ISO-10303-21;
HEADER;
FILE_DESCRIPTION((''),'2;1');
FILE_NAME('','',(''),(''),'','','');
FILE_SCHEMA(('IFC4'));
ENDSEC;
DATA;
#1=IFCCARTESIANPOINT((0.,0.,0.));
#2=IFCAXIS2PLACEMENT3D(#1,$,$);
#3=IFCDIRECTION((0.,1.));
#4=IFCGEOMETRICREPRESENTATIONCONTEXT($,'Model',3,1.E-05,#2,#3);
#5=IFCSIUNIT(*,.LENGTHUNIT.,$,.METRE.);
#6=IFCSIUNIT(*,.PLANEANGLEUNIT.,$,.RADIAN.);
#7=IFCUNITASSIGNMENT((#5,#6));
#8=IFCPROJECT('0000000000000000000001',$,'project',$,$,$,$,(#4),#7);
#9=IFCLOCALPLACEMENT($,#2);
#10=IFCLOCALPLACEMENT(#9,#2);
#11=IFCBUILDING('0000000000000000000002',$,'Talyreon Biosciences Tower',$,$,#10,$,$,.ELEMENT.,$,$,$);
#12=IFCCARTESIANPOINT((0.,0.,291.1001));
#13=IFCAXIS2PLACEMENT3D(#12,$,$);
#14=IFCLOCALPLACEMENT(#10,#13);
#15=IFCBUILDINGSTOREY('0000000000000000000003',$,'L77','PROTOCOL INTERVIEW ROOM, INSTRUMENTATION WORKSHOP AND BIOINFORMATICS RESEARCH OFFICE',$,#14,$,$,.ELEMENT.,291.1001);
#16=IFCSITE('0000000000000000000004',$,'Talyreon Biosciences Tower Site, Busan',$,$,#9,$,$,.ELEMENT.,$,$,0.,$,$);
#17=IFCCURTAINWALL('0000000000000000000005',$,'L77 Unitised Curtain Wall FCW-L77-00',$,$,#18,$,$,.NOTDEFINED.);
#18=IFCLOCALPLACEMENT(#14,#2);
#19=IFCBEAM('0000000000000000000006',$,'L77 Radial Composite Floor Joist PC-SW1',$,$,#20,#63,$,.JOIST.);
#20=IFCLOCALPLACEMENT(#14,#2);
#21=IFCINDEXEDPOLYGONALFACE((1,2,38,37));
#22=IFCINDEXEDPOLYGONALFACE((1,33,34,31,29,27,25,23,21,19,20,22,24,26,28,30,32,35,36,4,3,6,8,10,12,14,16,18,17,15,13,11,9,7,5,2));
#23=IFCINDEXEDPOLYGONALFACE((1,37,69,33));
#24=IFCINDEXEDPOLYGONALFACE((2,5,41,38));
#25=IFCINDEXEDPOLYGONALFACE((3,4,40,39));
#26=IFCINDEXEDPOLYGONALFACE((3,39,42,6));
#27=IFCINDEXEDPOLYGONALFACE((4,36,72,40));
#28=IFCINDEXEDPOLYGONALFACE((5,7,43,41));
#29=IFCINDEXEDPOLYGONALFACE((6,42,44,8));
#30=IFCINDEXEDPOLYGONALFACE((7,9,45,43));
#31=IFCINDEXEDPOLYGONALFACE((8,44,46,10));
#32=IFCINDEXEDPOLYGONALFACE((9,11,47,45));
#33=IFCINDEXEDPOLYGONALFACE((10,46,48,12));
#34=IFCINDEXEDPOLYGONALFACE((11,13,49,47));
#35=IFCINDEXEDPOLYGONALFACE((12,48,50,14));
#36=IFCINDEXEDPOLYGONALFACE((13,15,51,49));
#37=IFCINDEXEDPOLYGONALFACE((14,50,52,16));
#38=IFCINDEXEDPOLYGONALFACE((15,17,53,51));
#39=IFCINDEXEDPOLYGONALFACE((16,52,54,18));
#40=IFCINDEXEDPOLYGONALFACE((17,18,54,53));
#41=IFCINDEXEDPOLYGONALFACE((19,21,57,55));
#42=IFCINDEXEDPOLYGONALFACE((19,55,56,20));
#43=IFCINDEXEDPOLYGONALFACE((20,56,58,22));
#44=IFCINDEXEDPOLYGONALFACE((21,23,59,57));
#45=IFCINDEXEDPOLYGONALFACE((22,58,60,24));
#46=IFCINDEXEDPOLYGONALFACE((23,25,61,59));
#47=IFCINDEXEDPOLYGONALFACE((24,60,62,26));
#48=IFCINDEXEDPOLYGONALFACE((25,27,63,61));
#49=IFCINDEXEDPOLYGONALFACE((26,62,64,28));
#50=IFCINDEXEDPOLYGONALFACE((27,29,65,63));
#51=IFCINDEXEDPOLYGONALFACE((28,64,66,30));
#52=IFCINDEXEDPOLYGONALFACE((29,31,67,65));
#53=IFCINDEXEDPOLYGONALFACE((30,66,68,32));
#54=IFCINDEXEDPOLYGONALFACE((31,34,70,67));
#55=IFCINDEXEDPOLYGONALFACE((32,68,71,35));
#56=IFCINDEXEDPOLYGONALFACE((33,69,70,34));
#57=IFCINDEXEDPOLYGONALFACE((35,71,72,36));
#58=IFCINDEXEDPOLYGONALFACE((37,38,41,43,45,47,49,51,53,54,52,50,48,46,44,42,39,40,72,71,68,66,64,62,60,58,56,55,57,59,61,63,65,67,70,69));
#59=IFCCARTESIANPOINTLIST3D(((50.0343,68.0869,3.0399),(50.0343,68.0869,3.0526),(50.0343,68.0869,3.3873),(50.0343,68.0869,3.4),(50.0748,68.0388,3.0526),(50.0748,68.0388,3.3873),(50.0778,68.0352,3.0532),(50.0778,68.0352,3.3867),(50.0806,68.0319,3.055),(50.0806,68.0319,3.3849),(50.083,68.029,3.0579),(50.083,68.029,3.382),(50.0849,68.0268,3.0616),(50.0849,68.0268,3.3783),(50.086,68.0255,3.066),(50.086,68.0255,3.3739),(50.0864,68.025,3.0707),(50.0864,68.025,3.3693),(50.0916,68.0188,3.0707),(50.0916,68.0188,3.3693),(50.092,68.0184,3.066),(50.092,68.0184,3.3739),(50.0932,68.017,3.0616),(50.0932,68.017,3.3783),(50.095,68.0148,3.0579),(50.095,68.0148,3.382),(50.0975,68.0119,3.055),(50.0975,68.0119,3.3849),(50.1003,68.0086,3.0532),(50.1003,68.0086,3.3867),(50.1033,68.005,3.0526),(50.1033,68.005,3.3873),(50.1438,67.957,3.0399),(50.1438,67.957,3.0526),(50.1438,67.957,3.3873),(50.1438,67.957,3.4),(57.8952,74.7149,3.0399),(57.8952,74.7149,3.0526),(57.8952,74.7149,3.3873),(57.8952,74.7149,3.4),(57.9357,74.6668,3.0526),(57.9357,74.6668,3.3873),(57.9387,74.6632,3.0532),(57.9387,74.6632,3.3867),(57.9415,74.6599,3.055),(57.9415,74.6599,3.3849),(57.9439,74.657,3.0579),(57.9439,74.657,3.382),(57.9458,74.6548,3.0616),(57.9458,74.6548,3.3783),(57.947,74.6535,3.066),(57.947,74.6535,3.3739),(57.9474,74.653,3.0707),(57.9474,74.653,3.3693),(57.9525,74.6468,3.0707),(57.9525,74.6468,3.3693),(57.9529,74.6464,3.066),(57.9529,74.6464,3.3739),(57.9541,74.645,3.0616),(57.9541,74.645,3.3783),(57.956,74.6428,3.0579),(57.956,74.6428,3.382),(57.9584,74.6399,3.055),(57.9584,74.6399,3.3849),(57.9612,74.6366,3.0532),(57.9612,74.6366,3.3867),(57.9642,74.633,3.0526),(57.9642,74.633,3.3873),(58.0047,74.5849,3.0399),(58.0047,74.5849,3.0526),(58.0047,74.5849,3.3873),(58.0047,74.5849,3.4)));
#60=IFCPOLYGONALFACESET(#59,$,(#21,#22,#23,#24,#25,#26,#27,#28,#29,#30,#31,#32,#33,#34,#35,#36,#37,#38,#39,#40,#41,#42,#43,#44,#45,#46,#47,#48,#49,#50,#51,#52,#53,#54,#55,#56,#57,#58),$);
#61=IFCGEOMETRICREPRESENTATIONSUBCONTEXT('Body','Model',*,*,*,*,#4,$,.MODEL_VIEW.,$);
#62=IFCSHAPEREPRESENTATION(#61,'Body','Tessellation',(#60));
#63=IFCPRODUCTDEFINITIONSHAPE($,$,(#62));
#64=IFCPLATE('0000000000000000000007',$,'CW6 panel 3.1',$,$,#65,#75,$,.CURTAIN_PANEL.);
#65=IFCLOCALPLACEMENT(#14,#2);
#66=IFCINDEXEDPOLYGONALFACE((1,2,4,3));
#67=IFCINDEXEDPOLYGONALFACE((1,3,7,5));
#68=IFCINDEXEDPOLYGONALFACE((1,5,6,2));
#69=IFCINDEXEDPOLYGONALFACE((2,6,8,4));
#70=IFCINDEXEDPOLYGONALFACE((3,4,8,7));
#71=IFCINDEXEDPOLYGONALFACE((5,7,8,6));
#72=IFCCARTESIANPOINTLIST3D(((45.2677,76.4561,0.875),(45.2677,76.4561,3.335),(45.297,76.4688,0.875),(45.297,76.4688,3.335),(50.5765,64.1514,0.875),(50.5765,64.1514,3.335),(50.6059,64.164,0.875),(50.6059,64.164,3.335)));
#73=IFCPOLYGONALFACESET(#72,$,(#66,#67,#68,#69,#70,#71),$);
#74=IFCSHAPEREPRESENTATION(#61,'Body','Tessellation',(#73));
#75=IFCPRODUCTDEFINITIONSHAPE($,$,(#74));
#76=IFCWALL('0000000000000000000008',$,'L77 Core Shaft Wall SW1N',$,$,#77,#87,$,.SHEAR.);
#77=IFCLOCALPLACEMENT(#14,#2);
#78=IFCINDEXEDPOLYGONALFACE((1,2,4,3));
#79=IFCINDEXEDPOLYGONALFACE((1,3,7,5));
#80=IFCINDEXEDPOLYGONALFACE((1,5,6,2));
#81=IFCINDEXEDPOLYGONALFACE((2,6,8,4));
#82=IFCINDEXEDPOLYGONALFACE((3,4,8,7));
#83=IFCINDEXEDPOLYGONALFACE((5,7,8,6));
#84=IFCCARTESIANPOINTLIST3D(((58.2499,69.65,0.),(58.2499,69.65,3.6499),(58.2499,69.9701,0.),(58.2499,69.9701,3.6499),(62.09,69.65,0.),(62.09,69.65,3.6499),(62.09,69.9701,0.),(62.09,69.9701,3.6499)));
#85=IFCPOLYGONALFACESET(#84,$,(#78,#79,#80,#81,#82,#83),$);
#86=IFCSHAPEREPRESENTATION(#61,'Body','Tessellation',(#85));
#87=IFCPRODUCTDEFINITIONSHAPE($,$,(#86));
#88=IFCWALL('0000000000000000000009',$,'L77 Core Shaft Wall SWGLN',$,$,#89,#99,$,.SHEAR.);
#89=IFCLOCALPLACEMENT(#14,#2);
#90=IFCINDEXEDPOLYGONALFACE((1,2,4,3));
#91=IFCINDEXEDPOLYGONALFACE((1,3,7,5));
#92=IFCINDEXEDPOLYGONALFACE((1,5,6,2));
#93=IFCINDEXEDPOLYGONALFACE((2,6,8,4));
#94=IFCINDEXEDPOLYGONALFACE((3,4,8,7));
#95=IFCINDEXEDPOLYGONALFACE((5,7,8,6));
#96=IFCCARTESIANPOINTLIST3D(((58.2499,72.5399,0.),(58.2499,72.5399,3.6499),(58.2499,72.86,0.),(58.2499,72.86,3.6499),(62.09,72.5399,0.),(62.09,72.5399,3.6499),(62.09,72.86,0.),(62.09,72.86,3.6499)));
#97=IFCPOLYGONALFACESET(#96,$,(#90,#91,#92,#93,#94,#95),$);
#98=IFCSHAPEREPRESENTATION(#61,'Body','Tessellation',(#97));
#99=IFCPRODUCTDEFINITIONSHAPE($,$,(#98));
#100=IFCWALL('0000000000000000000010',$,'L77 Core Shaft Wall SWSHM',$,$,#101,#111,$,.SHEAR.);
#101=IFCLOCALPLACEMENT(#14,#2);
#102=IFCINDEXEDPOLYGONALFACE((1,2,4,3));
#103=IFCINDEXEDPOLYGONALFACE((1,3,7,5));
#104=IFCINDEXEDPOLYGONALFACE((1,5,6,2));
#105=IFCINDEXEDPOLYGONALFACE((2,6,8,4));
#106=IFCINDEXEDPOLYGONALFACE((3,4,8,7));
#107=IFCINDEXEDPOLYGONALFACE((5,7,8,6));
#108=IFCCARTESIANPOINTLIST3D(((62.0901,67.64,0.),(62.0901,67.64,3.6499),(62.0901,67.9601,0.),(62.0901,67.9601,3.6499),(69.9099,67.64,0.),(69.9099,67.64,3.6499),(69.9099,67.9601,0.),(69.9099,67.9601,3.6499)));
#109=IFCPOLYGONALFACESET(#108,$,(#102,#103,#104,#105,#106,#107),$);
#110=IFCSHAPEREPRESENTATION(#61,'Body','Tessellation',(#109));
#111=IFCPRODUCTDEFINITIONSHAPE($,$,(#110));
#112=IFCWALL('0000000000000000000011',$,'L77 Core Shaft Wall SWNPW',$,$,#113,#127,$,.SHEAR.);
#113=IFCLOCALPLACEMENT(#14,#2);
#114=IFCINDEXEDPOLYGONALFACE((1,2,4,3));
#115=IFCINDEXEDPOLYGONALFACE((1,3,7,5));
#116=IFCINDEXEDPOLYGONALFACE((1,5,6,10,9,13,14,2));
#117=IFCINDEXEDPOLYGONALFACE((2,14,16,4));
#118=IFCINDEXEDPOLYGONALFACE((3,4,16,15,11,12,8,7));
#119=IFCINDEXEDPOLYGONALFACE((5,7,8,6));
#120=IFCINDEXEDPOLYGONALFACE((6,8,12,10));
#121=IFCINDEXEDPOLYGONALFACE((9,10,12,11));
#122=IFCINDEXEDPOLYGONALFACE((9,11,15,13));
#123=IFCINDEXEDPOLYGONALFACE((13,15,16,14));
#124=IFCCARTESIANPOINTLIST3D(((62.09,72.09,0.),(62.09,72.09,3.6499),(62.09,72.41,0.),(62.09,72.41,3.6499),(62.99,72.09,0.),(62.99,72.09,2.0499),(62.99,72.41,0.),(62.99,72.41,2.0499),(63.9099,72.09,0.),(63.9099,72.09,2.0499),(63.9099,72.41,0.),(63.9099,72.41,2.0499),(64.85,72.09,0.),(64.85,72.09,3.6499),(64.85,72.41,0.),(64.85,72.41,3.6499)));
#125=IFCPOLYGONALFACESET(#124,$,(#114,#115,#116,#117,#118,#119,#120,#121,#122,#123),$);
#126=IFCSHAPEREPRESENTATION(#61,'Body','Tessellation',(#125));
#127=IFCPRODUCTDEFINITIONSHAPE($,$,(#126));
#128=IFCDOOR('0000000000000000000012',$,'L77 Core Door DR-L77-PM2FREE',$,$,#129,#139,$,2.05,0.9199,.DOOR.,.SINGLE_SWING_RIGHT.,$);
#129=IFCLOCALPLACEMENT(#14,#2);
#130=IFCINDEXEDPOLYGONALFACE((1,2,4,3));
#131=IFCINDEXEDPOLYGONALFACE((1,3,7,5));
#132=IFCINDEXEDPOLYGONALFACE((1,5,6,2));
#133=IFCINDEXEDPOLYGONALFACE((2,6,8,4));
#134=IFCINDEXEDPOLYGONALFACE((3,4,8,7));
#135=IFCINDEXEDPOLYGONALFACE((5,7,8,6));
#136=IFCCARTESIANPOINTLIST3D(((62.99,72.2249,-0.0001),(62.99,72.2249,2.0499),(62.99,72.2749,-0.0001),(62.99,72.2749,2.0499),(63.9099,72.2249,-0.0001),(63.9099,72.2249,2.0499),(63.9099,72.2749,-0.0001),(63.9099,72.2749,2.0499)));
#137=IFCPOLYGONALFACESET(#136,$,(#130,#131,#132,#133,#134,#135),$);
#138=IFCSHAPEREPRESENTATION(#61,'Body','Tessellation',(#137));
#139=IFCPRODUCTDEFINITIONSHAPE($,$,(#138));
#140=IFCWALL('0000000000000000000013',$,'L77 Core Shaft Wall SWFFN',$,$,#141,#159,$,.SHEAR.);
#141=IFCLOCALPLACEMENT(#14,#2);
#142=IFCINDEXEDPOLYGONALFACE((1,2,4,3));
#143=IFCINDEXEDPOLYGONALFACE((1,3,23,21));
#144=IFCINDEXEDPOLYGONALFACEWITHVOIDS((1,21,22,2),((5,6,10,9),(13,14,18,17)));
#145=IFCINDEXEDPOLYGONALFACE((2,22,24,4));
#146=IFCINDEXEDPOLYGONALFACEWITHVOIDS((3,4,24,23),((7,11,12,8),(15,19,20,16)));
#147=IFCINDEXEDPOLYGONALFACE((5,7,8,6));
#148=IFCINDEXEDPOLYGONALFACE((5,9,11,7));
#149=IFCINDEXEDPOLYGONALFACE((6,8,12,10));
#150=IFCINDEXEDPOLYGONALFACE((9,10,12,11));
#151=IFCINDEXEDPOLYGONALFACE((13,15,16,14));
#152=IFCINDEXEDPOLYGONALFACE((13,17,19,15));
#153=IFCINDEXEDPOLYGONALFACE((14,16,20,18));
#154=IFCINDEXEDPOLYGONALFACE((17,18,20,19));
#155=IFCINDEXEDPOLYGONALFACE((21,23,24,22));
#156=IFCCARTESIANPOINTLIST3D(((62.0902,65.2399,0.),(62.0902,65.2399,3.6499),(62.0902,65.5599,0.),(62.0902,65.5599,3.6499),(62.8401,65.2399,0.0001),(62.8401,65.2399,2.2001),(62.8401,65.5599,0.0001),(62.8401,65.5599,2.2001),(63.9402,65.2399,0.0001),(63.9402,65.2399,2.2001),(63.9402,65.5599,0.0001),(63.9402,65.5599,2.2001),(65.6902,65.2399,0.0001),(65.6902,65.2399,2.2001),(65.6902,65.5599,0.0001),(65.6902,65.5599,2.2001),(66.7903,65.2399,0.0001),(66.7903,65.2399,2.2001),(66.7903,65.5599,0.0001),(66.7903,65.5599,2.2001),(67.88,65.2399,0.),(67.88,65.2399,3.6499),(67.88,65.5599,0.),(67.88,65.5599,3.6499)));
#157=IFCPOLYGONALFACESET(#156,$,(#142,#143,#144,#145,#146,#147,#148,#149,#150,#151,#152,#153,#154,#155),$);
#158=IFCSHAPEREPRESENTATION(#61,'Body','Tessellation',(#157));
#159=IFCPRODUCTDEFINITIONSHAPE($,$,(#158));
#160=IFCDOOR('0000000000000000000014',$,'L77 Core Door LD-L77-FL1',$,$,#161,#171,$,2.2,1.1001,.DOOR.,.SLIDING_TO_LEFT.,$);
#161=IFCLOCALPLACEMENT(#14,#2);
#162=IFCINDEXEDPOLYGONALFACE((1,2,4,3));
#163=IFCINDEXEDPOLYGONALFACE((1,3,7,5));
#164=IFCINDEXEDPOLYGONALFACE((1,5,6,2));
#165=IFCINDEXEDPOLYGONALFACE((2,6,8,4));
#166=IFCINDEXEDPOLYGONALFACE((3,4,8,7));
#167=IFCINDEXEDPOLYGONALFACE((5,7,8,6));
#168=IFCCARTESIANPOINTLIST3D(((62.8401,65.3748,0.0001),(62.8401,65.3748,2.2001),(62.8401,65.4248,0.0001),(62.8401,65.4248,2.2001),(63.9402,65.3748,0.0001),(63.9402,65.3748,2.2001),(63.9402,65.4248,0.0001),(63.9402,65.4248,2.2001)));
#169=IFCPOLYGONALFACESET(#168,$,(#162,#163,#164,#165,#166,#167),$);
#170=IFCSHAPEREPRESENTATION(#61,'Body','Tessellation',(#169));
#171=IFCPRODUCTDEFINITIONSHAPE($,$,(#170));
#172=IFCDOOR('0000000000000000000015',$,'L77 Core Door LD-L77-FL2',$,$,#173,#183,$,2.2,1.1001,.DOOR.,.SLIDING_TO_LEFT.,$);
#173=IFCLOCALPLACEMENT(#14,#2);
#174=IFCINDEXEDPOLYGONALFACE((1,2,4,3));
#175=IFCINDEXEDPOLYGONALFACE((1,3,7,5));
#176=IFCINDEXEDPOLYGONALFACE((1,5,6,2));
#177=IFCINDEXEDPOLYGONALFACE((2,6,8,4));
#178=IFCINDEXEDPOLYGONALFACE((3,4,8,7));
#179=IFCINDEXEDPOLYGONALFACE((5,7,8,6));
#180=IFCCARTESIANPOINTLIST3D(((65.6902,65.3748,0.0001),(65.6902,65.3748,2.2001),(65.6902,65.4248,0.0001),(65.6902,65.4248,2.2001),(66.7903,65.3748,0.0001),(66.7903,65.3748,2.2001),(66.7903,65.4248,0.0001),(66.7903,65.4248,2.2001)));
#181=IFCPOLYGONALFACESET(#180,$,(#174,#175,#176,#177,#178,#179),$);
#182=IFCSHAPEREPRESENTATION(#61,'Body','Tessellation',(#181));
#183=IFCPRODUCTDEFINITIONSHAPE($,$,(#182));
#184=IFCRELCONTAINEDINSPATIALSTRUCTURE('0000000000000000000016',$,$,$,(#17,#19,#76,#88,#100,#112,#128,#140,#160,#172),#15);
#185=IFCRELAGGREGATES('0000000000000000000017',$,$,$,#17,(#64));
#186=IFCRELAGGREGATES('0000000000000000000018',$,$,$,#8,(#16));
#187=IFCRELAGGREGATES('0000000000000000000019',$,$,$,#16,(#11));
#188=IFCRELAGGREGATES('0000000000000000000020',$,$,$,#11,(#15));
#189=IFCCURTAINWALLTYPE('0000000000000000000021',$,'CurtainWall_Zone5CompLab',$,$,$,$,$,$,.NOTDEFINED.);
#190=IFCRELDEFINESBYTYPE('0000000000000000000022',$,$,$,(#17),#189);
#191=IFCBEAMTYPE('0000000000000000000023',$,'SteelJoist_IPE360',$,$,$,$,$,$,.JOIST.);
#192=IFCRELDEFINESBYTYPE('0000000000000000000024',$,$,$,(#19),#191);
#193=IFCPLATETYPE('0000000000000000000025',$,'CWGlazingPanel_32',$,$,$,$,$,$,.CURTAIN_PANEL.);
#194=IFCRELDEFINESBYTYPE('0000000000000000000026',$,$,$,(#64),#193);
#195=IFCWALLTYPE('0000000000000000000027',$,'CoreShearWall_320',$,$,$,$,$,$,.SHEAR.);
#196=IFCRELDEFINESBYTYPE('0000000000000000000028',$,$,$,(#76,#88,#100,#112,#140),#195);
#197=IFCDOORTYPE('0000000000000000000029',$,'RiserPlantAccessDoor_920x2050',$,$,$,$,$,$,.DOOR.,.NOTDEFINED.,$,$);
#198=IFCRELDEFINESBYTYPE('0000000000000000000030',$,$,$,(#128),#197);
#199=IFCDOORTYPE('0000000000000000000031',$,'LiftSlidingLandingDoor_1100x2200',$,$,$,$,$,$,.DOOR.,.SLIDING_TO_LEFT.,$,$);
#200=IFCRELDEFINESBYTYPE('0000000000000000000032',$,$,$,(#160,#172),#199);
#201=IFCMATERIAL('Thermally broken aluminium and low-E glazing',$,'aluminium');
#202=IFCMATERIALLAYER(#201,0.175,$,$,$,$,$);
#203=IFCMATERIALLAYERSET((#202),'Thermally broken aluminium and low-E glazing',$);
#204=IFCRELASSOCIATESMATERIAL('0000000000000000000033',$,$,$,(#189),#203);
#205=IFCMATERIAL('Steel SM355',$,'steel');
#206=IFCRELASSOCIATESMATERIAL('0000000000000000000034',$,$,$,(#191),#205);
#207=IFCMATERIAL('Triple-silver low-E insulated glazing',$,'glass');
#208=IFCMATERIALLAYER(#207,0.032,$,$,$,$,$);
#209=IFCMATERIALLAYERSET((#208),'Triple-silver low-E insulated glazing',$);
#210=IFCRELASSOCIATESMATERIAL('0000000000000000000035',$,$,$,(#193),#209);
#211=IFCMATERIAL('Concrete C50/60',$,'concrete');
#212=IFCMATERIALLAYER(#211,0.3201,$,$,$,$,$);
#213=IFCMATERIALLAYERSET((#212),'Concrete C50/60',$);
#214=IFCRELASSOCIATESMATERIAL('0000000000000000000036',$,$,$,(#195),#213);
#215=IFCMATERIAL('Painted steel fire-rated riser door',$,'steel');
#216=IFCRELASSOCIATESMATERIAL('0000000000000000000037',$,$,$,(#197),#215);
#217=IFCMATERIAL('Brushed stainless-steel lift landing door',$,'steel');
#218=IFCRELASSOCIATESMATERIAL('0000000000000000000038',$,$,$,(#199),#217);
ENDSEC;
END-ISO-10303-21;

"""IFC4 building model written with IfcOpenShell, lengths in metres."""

from ifc_helpers import new_model, si_unit, direction, frame, frame_2d, origin, origin_2d, place, context, subcontext, project, spatial, rectangle, i_section, extrude, material, layer, layer_set, material_profile, profile_set, type_object, element, fill, aggregate, save


model = new_model("IFC4")

# Units and contexts
model_context = context("Model", 3, precision=1e-05, world=origin(), true_north=direction((0.0, 1.0)))
body_context = subcontext(model_context, "Body", "Model", "MODEL_VIEW")
ifc_project = project(units=[si_unit("LENGTHUNIT", "METRE"), si_unit("PLANEANGLEUNIT", "RADIAN")], contexts=[model_context])

# Site, building, storey
site_placement = place(None, origin())
site = spatial("IfcSite", under=ifc_project, at=site_placement, Name="Talyreon Biosciences Tower Site, Busan", CompositionType="ELEMENT", RefElevation=0.0)
building_placement = place(site_placement, origin())
building = spatial("IfcBuilding", under=site, at=building_placement, Name="Talyreon Biosciences Tower", CompositionType="ELEMENT")
storey_placement = place(building_placement, frame((0.0, 0.0, 291.1001)))
storey = spatial("IfcBuildingStorey", under=building, at=storey_placement, Name="L77", Description="PROTOCOL INTERVIEW ROOM, INSTRUMENTATION WORKSHOP AND BIOINFORMATICS RESEARCH OFFICE", CompositionType="ELEMENT", Elevation=291.1001)

# Shared definitions
ifc_material_1 = material(Name="Concrete C50/60", Category="concrete")

# Curtain wall
ifc_material_2 = material(Name="Thermally broken aluminium and low-E glazing", Category="aluminium")
ifc_layer_1 = layer(ifc_material_2, 0.175)
ifc_layer_set_1 = layer_set([ifc_layer_1], Name="Thermally broken aluminium and low-E glazing")
curtain_wall_type = type_object("IfcCurtainWallType", Name="CurtainWall_Zone5CompLab", PredefinedType="NOTDEFINED", material=ifc_layer_set_1)
curtain_wall_placement = place(storey_placement, origin())
curtain_wall = element("IfcCurtainWall", 1, at=curtain_wall_placement, inside=storey, type_object=curtain_wall_type, Name="L77 Unitised Curtain Wall FCW-L77-00", PredefinedType="NOTDEFINED")

# Beam
ifc_material_3 = material(Name="Steel SM355", Category="steel")
ifc_material_profile_1 = material_profile(ifc_material_3, i_section(OverallWidth=0.1699, OverallDepth=0.3601, WebThickness=0.0081, FlangeThickness=0.0127, FilletRadius=0.0181, at=origin_2d()), Name="IPE360")
ifc_profile_set_1 = profile_set([ifc_material_profile_1], Name="Steel SM355")
beam_type_1 = type_object("IfcBeamType", Name="SteelJoist_IPE360", PredefinedType="JOIST", material=ifc_profile_set_1)
beam_1_placement = place(storey_placement, frame((57.95, 74.6499, 3.22), z_axis=(-0.764515, -0.644607, 0.0), x_axis=(0.644607, -0.764515, 0.0)))
element("IfcBeam", 2, at=beam_1_placement, inside=storey, type_object=beam_type_1, Name="L77 Radial Composite Floor Joist PC-SW1", PredefinedType="JOIST", context=body_context, shape_type="SweptSolid", body=[
    extrude(i_section(OverallWidth=0.1699, OverallDepth=0.3601, WebThickness=0.0081, FlangeThickness=0.0127, FilletRadius=0.0181, at=origin_2d()), origin(), (0.0, 0.0, 1.0), 10.2822),
])

# Plate
ifc_material_4 = material(Name="Triple-silver low-E insulated glazing", Category="glass")
ifc_layer_2 = layer(ifc_material_4, 0.032)
ifc_layer_set_2 = layer_set([ifc_layer_2], Name="Triple-silver low-E insulated glazing")
plate_type = type_object("IfcPlateType", Name="CWGlazingPanel_32", PredefinedType="CURTAIN_PANEL", material=ifc_layer_set_2)
plate_placement = place(storey_placement, frame((47.9368, 70.3101, 0.875), z_axis=(0.0, 0.0, 1.0), x_axis=(-0.396147, 0.918187, 0.0)))
plate = element("IfcPlate", 3, at=plate_placement, type_object=plate_type, Name="CW6 panel 3.1", PredefinedType="CURTAIN_PANEL", context=body_context, shape_type="SweptSolid", body=[
    extrude(rectangle(XDim=13.4011, YDim=0.032, at=origin_2d()), origin(), (0.0, 0.0, 1.0), 2.46),
])
aggregate(curtain_wall, [plate])

# Walls
ifc_layer_3 = layer(ifc_material_1, 0.3201)
ifc_layer_set_3 = layer_set([ifc_layer_3], Name="Concrete C50/60")
wall_type_1 = type_object("IfcWallType", Name="CoreShearWall_320", PredefinedType="SHEAR", material=ifc_layer_set_3)
for number, where, z_axis, x_axis, name in (
    (4, (58.25, 69.8101, 0.0), (0.0, 0.0, 1.0), (1.0, 0.0, 0.0), "L77 Core Shaft Wall SW1N"),
    (5, (58.25, 72.7, 0.0), (0.0, 0.0, 1.0), (1.0, 0.0, 0.0), "L77 Core Shaft Wall SWGLN"),
):
    element("IfcWall", number, at=place(storey_placement, frame(where, z_axis=z_axis, x_axis=x_axis)), inside=storey, type_object=wall_type_1, Name=name, PredefinedType="SHEAR", context=body_context, shape_type="SweptSolid", body=[
        extrude(rectangle(XDim=3.8401, YDim=0.3201, at=frame_2d((1.9199, 0.0))), origin(), (0.0, 0.0, 1.0), 3.6499),
    ])
wall_1_placement = place(storey_placement, frame((62.0901, 67.8, 0.0), z_axis=(0.0, 0.0, 1.0), x_axis=(1.0, 0.0, 0.0)))
element("IfcWall", 6, at=wall_1_placement, inside=storey, type_object=wall_type_1, Name="L77 Core Shaft Wall SWSHM", PredefinedType="SHEAR", context=body_context, shape_type="SweptSolid", body=[
    extrude(rectangle(XDim=7.8198, YDim=0.3201, at=frame_2d((3.9099, 0.0))), origin(), (0.0, 0.0, 1.0), 3.6499),
])

# Wall, opening, door
wall_2_placement = place(storey_placement, frame((62.0901, 72.25, 0.0), z_axis=(0.0, 0.0, 1.0), x_axis=(1.0, 0.0, 0.0)))
wall_2 = element("IfcWall", 7, at=wall_2_placement, inside=storey, type_object=wall_type_1, Name="L77 Core Shaft Wall SWNPW", PredefinedType="SHEAR", context=body_context, shape_type="SweptSolid", body=[
    extrude(rectangle(XDim=2.76, YDim=0.3201, at=frame_2d((1.3799, 0.0))), origin(), (0.0, 0.0, 1.0), 3.6499),
])
opening_1_placement = place(wall_2_placement, frame((0.8999, 0.0, 0.0)))
opening_1 = element("IfcOpeningElement", 8, at=opening_1_placement, cuts=wall_2, PredefinedType="OPENING", context=body_context, shape_type="SweptSolid", body=[
    extrude(rectangle(XDim=0.9199, YDim=2.05, at=frame_2d((0.46, 1.0249))), frame((0.0, 0.1699, 0.0), z_axis=(0.0, -1.0, 0.0), x_axis=(1.0, 0.0, 0.0)), (0.0, 0.0, 1.0), 0.3401),
])
ifc_material_5 = material(Name="Painted steel fire-rated riser door", Category="steel")
door_type_1 = type_object("IfcDoorType", Name="RiserPlantAccessDoor_920x2050", OperationType="NOTDEFINED", PredefinedType="DOOR", material=ifc_material_5)
door_1_placement = place(opening_1_placement, origin())
door_1 = element("IfcDoor", 9, at=door_1_placement, inside=storey, type_object=door_type_1, Name="L77 Core Door DR-L77-PM2FREE", OperationType="SINGLE_SWING_RIGHT", OverallHeight=2.05, OverallWidth=0.9199, PredefinedType="DOOR", context=body_context, shape_type="SweptSolid", body=[
    extrude(rectangle(XDim=0.9199, YDim=2.05, at=frame_2d((0.46, 1.0249))), frame((0.0, 0.0249, 0.0), z_axis=(0.0, -1.0, 0.0), x_axis=(1.0, 0.0, 0.0)), (0.0, 0.0, 1.0), 0.05),
])
fill(opening_1, door_1)

# Wall, openings, doors
wall_3_placement = place(storey_placement, frame((62.0901, 65.3999, 0.0), z_axis=(0.0, 0.0, 1.0), x_axis=(1.0, 0.0, 0.0)))
wall_3 = element("IfcWall", 10, at=wall_3_placement, inside=storey, type_object=wall_type_1, Name="L77 Core Shaft Wall SWFFN", PredefinedType="SHEAR", context=body_context, shape_type="SweptSolid", body=[
    extrude(rectangle(XDim=5.7898, YDim=0.3201, at=frame_2d((2.895, 0.0))), origin(), (0.0, 0.0, 1.0), 3.6499),
])
opening_2_placement = place(wall_3_placement, frame((0.75, 0.0, 0.0)))
opening_2 = element("IfcOpeningElement", 11, at=opening_2_placement, cuts=wall_3, PredefinedType="OPENING", context=body_context, shape_type="SweptSolid", body=[
    extrude(rectangle(XDim=1.1001, YDim=2.2, at=frame_2d((0.55, 1.1001))), frame((0.0, 0.1699, 0.0), z_axis=(0.0, -1.0, 0.0), x_axis=(1.0, 0.0, 0.0)), (0.0, 0.0, 1.0), 0.3401),
])
opening_3_placement = place(wall_3_placement, frame((3.6001, 0.0, 0.0)))
opening_3 = element("IfcOpeningElement", 12, at=opening_3_placement, cuts=wall_3, PredefinedType="OPENING", context=body_context, shape_type="SweptSolid", body=[
    extrude(rectangle(XDim=1.1001, YDim=2.2, at=frame_2d((0.55, 1.1001))), frame((0.0, 0.1699, 0.0), z_axis=(0.0, -1.0, 0.0), x_axis=(1.0, 0.0, 0.0)), (0.0, 0.0, 1.0), 0.3401),
])
ifc_material_6 = material(Name="Brushed stainless-steel lift landing door", Category="steel")
door_type_2 = type_object("IfcDoorType", Name="LiftSlidingLandingDoor_1100x2200", OperationType="SLIDING_TO_LEFT", PredefinedType="DOOR", material=ifc_material_6)
door_2_placement = place(opening_2_placement, origin())
door_2 = element("IfcDoor", 13, at=door_2_placement, inside=storey, type_object=door_type_2, Name="L77 Core Door LD-L77-FL1", OperationType="SLIDING_TO_LEFT", OverallHeight=2.2, OverallWidth=1.1001, PredefinedType="DOOR", context=body_context, shape_type="SweptSolid", body=[
    extrude(rectangle(XDim=1.1001, YDim=2.2, at=frame_2d((0.55, 1.1001))), frame((0.0, 0.0249, 0.0), z_axis=(0.0, -1.0, 0.0), x_axis=(1.0, 0.0, 0.0)), (0.0, 0.0, 1.0), 0.05),
])
fill(opening_2, door_2)
door_3_placement = place(opening_3_placement, origin())
door_3 = element("IfcDoor", 14, at=door_3_placement, inside=storey, type_object=door_type_2, Name="L77 Core Door LD-L77-FL2", OperationType="SLIDING_TO_LEFT", OverallHeight=2.2, OverallWidth=1.1001, PredefinedType="DOOR", context=body_context, shape_type="SweptSolid", body=[
    extrude(rectangle(XDim=1.1001, YDim=2.2, at=frame_2d((0.55, 1.1001))), frame((0.0, 0.0249, 0.0), z_axis=(0.0, -1.0, 0.0), x_axis=(1.0, 0.0, 0.0)), (0.0, 0.0, 1.0), 0.05),
])
fill(opening_3, door_3)

save(model, "model.ifc")
